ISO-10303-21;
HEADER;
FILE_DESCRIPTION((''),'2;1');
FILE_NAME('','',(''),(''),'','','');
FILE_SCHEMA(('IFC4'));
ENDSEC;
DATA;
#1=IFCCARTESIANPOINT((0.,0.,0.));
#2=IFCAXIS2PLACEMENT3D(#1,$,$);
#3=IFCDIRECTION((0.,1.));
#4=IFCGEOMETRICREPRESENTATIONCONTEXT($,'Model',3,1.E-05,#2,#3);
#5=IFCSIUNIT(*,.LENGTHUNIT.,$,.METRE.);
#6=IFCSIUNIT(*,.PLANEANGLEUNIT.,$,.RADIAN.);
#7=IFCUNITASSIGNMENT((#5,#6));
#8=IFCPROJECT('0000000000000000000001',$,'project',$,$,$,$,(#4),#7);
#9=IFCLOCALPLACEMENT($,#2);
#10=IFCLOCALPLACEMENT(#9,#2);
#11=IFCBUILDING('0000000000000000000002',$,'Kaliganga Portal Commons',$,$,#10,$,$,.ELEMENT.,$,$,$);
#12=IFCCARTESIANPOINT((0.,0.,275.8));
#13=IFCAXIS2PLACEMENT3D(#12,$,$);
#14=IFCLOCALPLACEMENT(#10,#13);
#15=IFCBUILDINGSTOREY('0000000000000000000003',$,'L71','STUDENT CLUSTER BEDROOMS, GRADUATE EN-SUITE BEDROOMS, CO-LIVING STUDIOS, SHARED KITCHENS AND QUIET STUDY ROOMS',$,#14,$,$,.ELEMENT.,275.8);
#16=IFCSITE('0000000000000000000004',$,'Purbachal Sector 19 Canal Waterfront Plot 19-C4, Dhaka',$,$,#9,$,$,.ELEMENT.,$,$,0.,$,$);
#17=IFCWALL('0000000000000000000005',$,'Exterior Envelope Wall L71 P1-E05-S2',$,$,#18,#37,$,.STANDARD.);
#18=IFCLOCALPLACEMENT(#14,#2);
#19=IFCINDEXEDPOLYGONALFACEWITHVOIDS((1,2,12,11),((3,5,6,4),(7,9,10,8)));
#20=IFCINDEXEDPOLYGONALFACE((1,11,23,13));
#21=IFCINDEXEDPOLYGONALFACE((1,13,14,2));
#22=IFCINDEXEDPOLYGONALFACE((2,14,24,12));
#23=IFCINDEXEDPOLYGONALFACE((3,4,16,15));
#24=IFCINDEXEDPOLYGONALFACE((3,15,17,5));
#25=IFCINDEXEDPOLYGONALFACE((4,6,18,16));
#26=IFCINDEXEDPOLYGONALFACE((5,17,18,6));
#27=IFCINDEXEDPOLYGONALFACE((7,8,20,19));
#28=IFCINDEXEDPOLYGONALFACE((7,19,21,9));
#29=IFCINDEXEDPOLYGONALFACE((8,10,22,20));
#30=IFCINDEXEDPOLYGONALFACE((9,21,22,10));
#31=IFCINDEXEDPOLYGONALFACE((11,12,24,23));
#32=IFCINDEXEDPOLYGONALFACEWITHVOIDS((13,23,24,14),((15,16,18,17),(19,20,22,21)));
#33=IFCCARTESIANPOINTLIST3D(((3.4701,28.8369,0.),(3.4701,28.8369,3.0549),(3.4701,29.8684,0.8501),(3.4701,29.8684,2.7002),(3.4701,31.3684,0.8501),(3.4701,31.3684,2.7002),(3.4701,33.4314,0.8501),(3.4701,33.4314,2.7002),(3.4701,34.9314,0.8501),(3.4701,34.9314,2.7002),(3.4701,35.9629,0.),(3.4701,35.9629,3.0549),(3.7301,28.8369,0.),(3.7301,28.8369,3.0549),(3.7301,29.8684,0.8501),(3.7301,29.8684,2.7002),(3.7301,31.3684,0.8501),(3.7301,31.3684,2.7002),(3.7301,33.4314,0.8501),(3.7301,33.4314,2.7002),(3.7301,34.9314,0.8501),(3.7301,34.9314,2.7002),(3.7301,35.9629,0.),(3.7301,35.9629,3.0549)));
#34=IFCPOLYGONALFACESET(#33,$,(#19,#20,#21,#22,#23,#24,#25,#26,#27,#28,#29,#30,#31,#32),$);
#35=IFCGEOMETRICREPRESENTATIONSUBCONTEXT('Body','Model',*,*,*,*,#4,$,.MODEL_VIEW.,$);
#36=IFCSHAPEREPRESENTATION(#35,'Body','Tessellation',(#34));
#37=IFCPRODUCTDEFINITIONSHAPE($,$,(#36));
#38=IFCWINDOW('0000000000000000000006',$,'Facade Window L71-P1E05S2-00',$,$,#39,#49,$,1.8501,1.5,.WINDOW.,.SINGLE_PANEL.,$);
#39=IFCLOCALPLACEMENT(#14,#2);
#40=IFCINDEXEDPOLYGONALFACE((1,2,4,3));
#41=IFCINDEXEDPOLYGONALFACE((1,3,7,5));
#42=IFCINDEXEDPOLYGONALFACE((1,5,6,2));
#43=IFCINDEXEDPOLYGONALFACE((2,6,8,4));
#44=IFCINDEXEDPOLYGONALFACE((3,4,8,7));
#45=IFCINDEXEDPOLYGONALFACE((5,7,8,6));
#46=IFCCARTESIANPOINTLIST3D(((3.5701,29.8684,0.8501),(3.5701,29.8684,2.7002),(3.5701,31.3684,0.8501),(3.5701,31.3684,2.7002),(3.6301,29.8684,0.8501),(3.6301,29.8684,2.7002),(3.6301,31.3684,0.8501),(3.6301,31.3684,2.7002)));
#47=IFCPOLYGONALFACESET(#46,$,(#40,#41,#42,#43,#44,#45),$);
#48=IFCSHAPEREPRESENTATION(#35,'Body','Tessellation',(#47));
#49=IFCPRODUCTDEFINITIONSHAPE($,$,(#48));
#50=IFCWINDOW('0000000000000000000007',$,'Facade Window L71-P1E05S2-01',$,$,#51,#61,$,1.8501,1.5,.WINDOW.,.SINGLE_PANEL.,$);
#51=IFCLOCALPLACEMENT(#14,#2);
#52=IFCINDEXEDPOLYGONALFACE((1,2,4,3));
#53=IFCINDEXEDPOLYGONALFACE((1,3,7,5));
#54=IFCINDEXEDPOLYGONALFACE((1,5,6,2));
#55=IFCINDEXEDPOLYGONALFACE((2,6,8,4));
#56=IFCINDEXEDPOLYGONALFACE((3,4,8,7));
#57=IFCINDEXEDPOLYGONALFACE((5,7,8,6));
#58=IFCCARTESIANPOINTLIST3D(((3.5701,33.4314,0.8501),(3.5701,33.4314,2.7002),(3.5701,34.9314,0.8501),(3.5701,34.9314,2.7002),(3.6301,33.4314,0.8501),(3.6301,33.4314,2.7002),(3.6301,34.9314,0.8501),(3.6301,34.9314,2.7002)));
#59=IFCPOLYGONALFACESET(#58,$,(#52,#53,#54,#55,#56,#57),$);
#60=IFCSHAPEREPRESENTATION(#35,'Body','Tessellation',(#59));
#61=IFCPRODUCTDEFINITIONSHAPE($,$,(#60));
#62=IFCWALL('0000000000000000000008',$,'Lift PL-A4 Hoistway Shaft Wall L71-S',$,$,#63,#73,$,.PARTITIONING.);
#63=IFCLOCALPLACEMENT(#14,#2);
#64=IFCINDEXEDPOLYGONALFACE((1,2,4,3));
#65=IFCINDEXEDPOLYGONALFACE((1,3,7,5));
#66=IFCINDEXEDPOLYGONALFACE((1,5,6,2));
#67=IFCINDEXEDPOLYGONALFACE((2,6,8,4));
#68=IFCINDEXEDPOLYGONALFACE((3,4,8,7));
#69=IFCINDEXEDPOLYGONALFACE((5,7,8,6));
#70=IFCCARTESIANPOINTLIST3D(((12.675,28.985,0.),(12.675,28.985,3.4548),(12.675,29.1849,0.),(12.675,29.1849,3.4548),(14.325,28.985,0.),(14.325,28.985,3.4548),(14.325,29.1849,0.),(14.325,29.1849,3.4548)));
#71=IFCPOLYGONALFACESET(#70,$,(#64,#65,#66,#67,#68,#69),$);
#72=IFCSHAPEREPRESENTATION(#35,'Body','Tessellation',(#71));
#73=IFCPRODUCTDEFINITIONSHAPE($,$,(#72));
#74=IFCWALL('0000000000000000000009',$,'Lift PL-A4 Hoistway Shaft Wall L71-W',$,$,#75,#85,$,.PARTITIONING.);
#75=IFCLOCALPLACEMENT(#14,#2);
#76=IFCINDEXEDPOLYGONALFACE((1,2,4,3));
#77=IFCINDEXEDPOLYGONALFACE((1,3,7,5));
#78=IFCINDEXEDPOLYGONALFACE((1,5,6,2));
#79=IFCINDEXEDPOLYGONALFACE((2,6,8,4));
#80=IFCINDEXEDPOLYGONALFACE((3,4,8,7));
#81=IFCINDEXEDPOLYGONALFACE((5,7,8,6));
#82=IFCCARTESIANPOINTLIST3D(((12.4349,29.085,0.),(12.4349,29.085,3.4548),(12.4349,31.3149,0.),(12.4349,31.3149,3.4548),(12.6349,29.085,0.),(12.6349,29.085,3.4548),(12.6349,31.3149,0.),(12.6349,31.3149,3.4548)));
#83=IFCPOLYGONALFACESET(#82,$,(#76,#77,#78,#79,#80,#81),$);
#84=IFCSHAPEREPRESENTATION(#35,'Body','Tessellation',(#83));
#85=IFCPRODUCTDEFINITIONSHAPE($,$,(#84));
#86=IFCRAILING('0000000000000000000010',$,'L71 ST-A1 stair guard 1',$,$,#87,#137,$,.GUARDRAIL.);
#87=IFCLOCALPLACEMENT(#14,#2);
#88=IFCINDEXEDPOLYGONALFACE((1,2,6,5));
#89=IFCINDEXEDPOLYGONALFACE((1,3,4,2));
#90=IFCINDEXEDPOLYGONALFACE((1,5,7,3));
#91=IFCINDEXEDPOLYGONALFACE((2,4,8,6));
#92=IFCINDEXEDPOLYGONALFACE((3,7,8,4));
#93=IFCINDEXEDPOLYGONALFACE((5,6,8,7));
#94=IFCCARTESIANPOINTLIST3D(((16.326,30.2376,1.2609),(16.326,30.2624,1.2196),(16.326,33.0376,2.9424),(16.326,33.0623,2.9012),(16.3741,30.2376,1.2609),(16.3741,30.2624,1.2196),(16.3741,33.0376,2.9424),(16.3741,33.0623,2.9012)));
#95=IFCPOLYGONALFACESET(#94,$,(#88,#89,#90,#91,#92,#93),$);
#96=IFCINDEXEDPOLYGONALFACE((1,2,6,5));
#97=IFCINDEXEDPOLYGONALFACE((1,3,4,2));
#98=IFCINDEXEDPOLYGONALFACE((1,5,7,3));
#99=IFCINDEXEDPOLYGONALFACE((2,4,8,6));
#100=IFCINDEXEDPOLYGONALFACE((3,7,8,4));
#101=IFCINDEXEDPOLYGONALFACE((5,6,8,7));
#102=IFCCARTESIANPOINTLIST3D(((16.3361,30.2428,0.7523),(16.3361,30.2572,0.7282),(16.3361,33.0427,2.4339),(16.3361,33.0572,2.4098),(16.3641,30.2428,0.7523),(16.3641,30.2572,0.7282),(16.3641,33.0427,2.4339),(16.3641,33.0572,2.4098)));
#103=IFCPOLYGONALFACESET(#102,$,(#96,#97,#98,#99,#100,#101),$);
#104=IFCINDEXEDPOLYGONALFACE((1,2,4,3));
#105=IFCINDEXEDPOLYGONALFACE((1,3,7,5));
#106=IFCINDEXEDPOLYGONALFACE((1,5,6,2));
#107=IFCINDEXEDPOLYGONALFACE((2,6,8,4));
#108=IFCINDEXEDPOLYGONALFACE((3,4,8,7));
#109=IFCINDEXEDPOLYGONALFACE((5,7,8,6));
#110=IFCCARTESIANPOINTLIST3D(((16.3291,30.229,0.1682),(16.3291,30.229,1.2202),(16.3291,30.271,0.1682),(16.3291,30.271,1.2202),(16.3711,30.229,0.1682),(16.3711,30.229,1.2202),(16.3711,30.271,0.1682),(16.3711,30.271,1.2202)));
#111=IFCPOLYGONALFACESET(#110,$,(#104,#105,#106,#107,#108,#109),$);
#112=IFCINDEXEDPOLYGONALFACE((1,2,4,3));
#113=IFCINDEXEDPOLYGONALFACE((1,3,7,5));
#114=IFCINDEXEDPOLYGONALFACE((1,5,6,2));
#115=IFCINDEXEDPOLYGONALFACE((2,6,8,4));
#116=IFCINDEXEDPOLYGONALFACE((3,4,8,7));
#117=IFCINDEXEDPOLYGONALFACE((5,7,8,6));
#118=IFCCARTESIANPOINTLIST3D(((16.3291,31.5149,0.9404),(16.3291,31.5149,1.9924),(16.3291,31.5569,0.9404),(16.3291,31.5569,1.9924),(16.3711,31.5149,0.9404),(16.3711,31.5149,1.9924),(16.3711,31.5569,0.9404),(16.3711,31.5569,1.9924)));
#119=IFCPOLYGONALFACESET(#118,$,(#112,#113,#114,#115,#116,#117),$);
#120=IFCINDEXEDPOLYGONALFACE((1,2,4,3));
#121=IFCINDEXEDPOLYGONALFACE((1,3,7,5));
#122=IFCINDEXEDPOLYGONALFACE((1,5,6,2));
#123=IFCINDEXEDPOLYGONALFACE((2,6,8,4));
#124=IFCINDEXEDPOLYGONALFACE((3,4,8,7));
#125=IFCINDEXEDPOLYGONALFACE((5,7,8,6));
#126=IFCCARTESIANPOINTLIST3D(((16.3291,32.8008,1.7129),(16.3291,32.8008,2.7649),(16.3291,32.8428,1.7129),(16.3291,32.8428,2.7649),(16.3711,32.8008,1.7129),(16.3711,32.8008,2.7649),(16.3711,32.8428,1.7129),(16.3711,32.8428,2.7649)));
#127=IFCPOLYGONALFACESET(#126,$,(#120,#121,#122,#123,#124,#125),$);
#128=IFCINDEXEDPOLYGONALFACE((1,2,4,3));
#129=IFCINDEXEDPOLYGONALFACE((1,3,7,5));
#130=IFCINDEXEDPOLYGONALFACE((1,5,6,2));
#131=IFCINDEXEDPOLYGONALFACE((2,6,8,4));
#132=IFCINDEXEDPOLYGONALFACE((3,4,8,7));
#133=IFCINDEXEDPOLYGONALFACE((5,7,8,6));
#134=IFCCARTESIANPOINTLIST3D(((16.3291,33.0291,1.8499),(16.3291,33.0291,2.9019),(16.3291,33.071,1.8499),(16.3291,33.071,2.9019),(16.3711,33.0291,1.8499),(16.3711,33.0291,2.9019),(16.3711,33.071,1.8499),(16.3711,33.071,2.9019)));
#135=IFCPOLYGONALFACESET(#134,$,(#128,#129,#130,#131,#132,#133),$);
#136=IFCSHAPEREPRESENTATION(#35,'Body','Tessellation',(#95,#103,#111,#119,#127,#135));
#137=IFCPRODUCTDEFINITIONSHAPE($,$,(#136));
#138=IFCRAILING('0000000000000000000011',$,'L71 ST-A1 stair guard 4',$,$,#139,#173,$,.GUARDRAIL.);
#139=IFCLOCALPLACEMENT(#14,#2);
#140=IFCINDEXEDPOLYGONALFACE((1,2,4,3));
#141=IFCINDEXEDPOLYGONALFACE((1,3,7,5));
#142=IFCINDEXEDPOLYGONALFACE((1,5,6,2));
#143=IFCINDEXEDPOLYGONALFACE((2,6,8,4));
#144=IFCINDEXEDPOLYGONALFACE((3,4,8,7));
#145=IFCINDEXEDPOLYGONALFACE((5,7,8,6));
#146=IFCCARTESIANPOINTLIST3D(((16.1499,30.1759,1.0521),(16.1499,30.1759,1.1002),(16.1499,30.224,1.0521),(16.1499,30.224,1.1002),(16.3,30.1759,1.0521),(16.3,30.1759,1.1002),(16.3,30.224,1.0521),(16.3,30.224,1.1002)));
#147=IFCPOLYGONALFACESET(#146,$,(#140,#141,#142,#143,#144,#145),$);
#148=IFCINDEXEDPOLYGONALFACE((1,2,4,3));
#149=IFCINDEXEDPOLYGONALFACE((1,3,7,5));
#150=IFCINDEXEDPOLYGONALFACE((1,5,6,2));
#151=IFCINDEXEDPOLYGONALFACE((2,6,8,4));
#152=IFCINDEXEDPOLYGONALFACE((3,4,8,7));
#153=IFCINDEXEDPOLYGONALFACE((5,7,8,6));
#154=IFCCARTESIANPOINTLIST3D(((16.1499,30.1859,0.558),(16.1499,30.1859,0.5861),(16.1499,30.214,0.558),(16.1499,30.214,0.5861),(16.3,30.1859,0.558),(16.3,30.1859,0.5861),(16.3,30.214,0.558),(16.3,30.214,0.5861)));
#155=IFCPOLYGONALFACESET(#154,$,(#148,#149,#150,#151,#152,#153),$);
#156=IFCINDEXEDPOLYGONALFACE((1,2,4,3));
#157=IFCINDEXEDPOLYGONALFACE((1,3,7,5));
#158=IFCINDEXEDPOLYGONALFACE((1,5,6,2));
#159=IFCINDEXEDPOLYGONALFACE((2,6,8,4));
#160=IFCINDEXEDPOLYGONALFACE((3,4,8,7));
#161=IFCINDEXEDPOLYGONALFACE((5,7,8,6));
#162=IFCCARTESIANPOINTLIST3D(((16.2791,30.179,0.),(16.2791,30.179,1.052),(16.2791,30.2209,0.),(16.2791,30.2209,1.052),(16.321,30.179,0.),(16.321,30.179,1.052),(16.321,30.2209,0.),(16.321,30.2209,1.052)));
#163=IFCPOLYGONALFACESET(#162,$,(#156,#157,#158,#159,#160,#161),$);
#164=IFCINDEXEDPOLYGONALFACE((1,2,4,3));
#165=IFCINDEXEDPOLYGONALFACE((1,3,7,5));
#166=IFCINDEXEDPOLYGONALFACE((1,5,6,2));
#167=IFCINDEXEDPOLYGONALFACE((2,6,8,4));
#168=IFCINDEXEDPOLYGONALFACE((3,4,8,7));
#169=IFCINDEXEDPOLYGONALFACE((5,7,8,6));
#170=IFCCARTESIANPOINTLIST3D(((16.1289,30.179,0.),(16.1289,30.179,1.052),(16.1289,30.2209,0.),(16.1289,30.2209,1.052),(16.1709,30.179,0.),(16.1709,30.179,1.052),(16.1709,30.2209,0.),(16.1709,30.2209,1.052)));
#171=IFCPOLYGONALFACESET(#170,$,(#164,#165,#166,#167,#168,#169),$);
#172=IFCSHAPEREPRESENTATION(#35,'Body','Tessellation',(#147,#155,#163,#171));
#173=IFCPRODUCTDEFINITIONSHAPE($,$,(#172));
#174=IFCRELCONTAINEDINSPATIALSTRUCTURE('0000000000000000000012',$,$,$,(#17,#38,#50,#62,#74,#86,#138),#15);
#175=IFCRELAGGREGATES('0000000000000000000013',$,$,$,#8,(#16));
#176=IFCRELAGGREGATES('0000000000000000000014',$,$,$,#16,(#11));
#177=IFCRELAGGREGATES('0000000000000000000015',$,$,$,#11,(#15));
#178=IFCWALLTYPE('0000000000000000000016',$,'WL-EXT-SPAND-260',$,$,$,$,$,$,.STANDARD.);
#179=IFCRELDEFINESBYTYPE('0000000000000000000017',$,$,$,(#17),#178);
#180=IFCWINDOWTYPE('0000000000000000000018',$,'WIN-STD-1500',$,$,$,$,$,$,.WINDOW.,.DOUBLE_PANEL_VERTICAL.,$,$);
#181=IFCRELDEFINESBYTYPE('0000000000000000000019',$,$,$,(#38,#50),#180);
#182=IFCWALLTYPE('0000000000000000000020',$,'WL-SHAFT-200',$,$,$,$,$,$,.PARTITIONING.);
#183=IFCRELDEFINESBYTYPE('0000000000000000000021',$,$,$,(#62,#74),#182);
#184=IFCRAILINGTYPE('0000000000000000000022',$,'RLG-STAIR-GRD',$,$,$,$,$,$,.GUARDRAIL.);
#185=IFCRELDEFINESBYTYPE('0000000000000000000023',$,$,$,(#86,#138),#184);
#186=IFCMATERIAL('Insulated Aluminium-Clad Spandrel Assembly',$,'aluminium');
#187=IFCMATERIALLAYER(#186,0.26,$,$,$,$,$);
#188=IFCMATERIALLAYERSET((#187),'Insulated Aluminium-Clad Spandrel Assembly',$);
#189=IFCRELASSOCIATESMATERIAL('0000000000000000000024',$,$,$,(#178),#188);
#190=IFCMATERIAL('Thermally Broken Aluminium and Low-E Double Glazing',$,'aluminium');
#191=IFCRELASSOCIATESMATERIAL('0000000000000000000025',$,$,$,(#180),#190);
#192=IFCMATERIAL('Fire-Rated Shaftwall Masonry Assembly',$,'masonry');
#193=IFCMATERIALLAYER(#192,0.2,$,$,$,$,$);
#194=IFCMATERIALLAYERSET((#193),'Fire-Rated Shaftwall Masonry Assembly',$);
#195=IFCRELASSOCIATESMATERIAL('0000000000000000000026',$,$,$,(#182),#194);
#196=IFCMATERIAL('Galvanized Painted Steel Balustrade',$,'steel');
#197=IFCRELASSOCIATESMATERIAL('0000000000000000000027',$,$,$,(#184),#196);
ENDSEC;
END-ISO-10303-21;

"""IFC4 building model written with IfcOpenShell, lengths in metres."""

from ifc_helpers import new_model, si_unit, direction, frame, frame_2d, origin, origin_2d, place, context, subcontext, project, spatial, rectangle, extrude, material, layer, layer_set, type_object, element, fill, save


model = new_model("IFC4")

# Units and contexts
model_context = context("Model", 3, precision=1e-05, world=origin(), true_north=direction((0.0, 1.0)))
body_context = subcontext(model_context, "Body", "Model", "MODEL_VIEW")
ifc_project = project(units=[si_unit("LENGTHUNIT", "METRE"), si_unit("PLANEANGLEUNIT", "RADIAN")], contexts=[model_context])

# Site, building, storey
site_placement = place(None, origin())
site = spatial("IfcSite", under=ifc_project, at=site_placement, Name="Purbachal Sector 19 Canal Waterfront Plot 19-C4, Dhaka", CompositionType="ELEMENT", RefElevation=0.0)
building_placement = place(site_placement, origin())
building = spatial("IfcBuilding", under=site, at=building_placement, Name="Kaliganga Portal Commons", CompositionType="ELEMENT")
storey_placement = place(building_placement, frame((0.0, 0.0, 275.8)))
storey = spatial("IfcBuildingStorey", under=building, at=storey_placement, Name="L71", Description="STUDENT CLUSTER BEDROOMS, GRADUATE EN-SUITE BEDROOMS, CO-LIVING STUDIOS, SHARED KITCHENS AND QUIET STUDY ROOMS", CompositionType="ELEMENT", Elevation=275.8)

# Wall, openings, windows
ifc_material_1 = material(Name="Insulated Aluminium-Clad Spandrel Assembly", Category="aluminium")
ifc_layer_1 = layer(ifc_material_1, 0.26)
ifc_layer_set_1 = layer_set([ifc_layer_1], Name="Insulated Aluminium-Clad Spandrel Assembly")
wall_type_1 = type_object("IfcWallType", Name="WL-EXT-SPAND-260", PredefinedType="STANDARD", material=ifc_layer_set_1)
wall_1_placement = place(storey_placement, frame((3.6001, 28.8369, 0.0), z_axis=(0.0, 0.0, 1.0), x_axis=(0.0, 1.0, 0.0)))
wall_1 = element("IfcWall", 1, at=wall_1_placement, inside=storey, type_object=wall_type_1, Name="Exterior Envelope Wall L71 P1-E05-S2", PredefinedType="STANDARD", context=body_context, shape_type="SweptSolid", body=[
    extrude(rectangle(XDim=7.126, YDim=0.26, at=frame_2d((3.563, 0.0))), origin(), (0.0, 0.0, 1.0), 3.0549),
])
opening_1_placement = place(wall_1_placement, frame((1.0315, 0.0, 0.8501)))
opening_1 = element("IfcOpeningElement", 2, at=opening_1_placement, cuts=wall_1, PredefinedType="OPENING", context=body_context, shape_type="SweptSolid", body=[
    extrude(rectangle(XDim=1.5, YDim=1.8501, at=frame_2d((0.75, 0.925))), frame((0.0, 0.1401, 0.0), z_axis=(0.0, -1.0, 0.0), x_axis=(1.0, 0.0, 0.0)), (0.0, 0.0, 1.0), 0.28),
])
opening_2_placement = place(wall_1_placement, frame((4.5945, 0.0, 0.8501)))
opening_2 = element("IfcOpeningElement", 3, at=opening_2_placement, cuts=wall_1, PredefinedType="OPENING", context=body_context, shape_type="SweptSolid", body=[
    extrude(rectangle(XDim=1.5, YDim=1.8501, at=frame_2d((0.75, 0.925))), frame((0.0, 0.1401, 0.0), z_axis=(0.0, -1.0, 0.0), x_axis=(1.0, 0.0, 0.0)), (0.0, 0.0, 1.0), 0.28),
])
ifc_material_2 = material(Name="Thermally Broken Aluminium and Low-E Double Glazing", Category="aluminium")
window_type = type_object("IfcWindowType", Name="WIN-STD-1500", PartitioningType="DOUBLE_PANEL_VERTICAL", PredefinedType="WINDOW", material=ifc_material_2)
window_1_placement = place(opening_1_placement, origin())
window_1 = element("IfcWindow", 4, at=window_1_placement, inside=storey, type_object=window_type, Name="Facade Window L71-P1E05S2-00", OverallHeight=1.8501, OverallWidth=1.5, PartitioningType="SINGLE_PANEL", PredefinedType="WINDOW", context=body_context, shape_type="SweptSolid", body=[
    extrude(rectangle(XDim=1.5, YDim=1.8501, at=frame_2d((0.75, 0.925))), frame((0.0, 0.03, 0.0), z_axis=(0.0, -1.0, 0.0), x_axis=(1.0, 0.0, 0.0)), (0.0, 0.0, 1.0), 0.0601),
])
fill(opening_1, window_1)
window_2_placement = place(opening_2_placement, origin())
window_2 = element("IfcWindow", 5, at=window_2_placement, inside=storey, type_object=window_type, Name="Facade Window L71-P1E05S2-01", OverallHeight=1.8501, OverallWidth=1.5, PartitioningType="SINGLE_PANEL", PredefinedType="WINDOW", context=body_context, shape_type="SweptSolid", body=[
    extrude(rectangle(XDim=1.5, YDim=1.8501, at=frame_2d((0.75, 0.925))), frame((0.0, 0.03, 0.0), z_axis=(0.0, -1.0, 0.0), x_axis=(1.0, 0.0, 0.0)), (0.0, 0.0, 1.0), 0.0601),
])
fill(opening_2, window_2)

# Wall
ifc_material_3 = material(Name="Fire-Rated Shaftwall Masonry Assembly", Category="masonry")
ifc_layer_2 = layer(ifc_material_3, 0.2)
ifc_layer_set_2 = layer_set([ifc_layer_2], Name="Fire-Rated Shaftwall Masonry Assembly")
wall_type_2 = type_object("IfcWallType", Name="WL-SHAFT-200", PredefinedType="PARTITIONING", material=ifc_layer_set_2)
wall_2_placement = place(storey_placement, frame((12.675, 29.085, 0.0), z_axis=(0.0, 0.0, 1.0), x_axis=(1.0, 0.0, 0.0)))
element("IfcWall", 6, at=wall_2_placement, inside=storey, type_object=wall_type_2, Name="Lift PL-A4 Hoistway Shaft Wall L71-S", PredefinedType="PARTITIONING", context=body_context, shape_type="SweptSolid", body=[
    extrude(rectangle(XDim=1.6499, YDim=0.2, at=frame_2d((0.825, 0.0))), origin(), (0.0, 0.0, 1.0), 3.4548),
])

# Wall
wall_3_placement = place(storey_placement, frame((12.5349, 29.085, 0.0), z_axis=(0.0, 0.0, 1.0), x_axis=(0.0, 1.0, 0.0)))
element("IfcWall", 7, at=wall_3_placement, inside=storey, type_object=wall_type_2, Name="Lift PL-A4 Hoistway Shaft Wall L71-W", PredefinedType="PARTITIONING", context=body_context, shape_type="SweptSolid", body=[
    extrude(rectangle(XDim=2.23, YDim=0.2, at=frame_2d((1.115, 0.0))), origin(), (0.0, 0.0, 1.0), 3.4548),
])

# Railings
ifc_material_4 = material(Name="Galvanized Painted Steel Balustrade", Category="steel")
railing_type = type_object("IfcRailingType", Name="RLG-STAIR-GRD", PredefinedType="GUARDRAIL", material=ifc_material_4)
railing_1_placement = place(storey_placement, frame((16.3501, 30.25, 0.1682)))
element("IfcRailing", 8, at=railing_1_placement, inside=storey, type_object=railing_type, Name="L71 ST-A1 stair guard 1", PredefinedType="GUARDRAIL", context=body_context, shape_type="SweptSolid", body=[
    extrude(rectangle(XDim=0.0481, YDim=0.0481, at=origin_2d()), frame((0.0, 0.0, 1.072), z_axis=(0.0, 0.857275, 0.514858), x_axis=(-1.0, 0.0, 0.0)), (0.0, 0.0, 1.0), 3.2661),
    extrude(rectangle(XDim=0.0281, YDim=0.0281, at=origin_2d()), frame((0.0, 0.0, 0.572), z_axis=(0.0, 0.857275, 0.514858), x_axis=(-1.0, 0.0, 0.0)), (0.0, 0.0, 1.0), 3.2661),
    extrude(rectangle(XDim=0.042, YDim=0.042, at=origin_2d()), origin(), (0.0, 0.0, 1.0), 1.052),
    extrude(rectangle(XDim=0.042, YDim=0.042, at=origin_2d()), frame((0.0, 1.2859, 0.7722)), (0.0, 0.0, 1.0), 1.052),
    extrude(rectangle(XDim=0.042, YDim=0.042, at=origin_2d()), frame((0.0, 2.5718, 1.5447)), (0.0, 0.0, 1.0), 1.052),
    extrude(rectangle(XDim=0.042, YDim=0.042, at=origin_2d()), frame((0.0, 2.8, 1.6816)), (0.0, 0.0, 1.0), 1.052),
])
railing_2_placement = place(storey_placement, frame((16.3, 30.2, 0.0)))
element("IfcRailing", 9, at=railing_2_placement, inside=storey, type_object=railing_type, Name="L71 ST-A1 stair guard 4", PredefinedType="GUARDRAIL", context=body_context, shape_type="SweptSolid", body=[
    extrude(rectangle(XDim=0.0481, YDim=0.0481, at=origin_2d()), frame((0.0, 0.0, 1.0762), z_axis=(-1.0, 0.0, 0.0), x_axis=(0.0, -1.0, 0.0)), (0.0, 0.0, 1.0), 0.1501),
    extrude(rectangle(XDim=0.0281, YDim=0.0281, at=origin_2d()), frame((0.0, 0.0, 0.572), z_axis=(-1.0, 0.0, 0.0), x_axis=(0.0, -1.0, 0.0)), (0.0, 0.0, 1.0), 0.1501),
    extrude(rectangle(XDim=0.042, YDim=0.042, at=origin_2d()), origin(), (0.0, 0.0, 1.0), 1.052),
    extrude(rectangle(XDim=0.042, YDim=0.042, at=origin_2d()), frame((-0.1501, 0.0, 0.0)), (0.0, 0.0, 1.0), 1.052),
])

save(model, "model.ifc")
